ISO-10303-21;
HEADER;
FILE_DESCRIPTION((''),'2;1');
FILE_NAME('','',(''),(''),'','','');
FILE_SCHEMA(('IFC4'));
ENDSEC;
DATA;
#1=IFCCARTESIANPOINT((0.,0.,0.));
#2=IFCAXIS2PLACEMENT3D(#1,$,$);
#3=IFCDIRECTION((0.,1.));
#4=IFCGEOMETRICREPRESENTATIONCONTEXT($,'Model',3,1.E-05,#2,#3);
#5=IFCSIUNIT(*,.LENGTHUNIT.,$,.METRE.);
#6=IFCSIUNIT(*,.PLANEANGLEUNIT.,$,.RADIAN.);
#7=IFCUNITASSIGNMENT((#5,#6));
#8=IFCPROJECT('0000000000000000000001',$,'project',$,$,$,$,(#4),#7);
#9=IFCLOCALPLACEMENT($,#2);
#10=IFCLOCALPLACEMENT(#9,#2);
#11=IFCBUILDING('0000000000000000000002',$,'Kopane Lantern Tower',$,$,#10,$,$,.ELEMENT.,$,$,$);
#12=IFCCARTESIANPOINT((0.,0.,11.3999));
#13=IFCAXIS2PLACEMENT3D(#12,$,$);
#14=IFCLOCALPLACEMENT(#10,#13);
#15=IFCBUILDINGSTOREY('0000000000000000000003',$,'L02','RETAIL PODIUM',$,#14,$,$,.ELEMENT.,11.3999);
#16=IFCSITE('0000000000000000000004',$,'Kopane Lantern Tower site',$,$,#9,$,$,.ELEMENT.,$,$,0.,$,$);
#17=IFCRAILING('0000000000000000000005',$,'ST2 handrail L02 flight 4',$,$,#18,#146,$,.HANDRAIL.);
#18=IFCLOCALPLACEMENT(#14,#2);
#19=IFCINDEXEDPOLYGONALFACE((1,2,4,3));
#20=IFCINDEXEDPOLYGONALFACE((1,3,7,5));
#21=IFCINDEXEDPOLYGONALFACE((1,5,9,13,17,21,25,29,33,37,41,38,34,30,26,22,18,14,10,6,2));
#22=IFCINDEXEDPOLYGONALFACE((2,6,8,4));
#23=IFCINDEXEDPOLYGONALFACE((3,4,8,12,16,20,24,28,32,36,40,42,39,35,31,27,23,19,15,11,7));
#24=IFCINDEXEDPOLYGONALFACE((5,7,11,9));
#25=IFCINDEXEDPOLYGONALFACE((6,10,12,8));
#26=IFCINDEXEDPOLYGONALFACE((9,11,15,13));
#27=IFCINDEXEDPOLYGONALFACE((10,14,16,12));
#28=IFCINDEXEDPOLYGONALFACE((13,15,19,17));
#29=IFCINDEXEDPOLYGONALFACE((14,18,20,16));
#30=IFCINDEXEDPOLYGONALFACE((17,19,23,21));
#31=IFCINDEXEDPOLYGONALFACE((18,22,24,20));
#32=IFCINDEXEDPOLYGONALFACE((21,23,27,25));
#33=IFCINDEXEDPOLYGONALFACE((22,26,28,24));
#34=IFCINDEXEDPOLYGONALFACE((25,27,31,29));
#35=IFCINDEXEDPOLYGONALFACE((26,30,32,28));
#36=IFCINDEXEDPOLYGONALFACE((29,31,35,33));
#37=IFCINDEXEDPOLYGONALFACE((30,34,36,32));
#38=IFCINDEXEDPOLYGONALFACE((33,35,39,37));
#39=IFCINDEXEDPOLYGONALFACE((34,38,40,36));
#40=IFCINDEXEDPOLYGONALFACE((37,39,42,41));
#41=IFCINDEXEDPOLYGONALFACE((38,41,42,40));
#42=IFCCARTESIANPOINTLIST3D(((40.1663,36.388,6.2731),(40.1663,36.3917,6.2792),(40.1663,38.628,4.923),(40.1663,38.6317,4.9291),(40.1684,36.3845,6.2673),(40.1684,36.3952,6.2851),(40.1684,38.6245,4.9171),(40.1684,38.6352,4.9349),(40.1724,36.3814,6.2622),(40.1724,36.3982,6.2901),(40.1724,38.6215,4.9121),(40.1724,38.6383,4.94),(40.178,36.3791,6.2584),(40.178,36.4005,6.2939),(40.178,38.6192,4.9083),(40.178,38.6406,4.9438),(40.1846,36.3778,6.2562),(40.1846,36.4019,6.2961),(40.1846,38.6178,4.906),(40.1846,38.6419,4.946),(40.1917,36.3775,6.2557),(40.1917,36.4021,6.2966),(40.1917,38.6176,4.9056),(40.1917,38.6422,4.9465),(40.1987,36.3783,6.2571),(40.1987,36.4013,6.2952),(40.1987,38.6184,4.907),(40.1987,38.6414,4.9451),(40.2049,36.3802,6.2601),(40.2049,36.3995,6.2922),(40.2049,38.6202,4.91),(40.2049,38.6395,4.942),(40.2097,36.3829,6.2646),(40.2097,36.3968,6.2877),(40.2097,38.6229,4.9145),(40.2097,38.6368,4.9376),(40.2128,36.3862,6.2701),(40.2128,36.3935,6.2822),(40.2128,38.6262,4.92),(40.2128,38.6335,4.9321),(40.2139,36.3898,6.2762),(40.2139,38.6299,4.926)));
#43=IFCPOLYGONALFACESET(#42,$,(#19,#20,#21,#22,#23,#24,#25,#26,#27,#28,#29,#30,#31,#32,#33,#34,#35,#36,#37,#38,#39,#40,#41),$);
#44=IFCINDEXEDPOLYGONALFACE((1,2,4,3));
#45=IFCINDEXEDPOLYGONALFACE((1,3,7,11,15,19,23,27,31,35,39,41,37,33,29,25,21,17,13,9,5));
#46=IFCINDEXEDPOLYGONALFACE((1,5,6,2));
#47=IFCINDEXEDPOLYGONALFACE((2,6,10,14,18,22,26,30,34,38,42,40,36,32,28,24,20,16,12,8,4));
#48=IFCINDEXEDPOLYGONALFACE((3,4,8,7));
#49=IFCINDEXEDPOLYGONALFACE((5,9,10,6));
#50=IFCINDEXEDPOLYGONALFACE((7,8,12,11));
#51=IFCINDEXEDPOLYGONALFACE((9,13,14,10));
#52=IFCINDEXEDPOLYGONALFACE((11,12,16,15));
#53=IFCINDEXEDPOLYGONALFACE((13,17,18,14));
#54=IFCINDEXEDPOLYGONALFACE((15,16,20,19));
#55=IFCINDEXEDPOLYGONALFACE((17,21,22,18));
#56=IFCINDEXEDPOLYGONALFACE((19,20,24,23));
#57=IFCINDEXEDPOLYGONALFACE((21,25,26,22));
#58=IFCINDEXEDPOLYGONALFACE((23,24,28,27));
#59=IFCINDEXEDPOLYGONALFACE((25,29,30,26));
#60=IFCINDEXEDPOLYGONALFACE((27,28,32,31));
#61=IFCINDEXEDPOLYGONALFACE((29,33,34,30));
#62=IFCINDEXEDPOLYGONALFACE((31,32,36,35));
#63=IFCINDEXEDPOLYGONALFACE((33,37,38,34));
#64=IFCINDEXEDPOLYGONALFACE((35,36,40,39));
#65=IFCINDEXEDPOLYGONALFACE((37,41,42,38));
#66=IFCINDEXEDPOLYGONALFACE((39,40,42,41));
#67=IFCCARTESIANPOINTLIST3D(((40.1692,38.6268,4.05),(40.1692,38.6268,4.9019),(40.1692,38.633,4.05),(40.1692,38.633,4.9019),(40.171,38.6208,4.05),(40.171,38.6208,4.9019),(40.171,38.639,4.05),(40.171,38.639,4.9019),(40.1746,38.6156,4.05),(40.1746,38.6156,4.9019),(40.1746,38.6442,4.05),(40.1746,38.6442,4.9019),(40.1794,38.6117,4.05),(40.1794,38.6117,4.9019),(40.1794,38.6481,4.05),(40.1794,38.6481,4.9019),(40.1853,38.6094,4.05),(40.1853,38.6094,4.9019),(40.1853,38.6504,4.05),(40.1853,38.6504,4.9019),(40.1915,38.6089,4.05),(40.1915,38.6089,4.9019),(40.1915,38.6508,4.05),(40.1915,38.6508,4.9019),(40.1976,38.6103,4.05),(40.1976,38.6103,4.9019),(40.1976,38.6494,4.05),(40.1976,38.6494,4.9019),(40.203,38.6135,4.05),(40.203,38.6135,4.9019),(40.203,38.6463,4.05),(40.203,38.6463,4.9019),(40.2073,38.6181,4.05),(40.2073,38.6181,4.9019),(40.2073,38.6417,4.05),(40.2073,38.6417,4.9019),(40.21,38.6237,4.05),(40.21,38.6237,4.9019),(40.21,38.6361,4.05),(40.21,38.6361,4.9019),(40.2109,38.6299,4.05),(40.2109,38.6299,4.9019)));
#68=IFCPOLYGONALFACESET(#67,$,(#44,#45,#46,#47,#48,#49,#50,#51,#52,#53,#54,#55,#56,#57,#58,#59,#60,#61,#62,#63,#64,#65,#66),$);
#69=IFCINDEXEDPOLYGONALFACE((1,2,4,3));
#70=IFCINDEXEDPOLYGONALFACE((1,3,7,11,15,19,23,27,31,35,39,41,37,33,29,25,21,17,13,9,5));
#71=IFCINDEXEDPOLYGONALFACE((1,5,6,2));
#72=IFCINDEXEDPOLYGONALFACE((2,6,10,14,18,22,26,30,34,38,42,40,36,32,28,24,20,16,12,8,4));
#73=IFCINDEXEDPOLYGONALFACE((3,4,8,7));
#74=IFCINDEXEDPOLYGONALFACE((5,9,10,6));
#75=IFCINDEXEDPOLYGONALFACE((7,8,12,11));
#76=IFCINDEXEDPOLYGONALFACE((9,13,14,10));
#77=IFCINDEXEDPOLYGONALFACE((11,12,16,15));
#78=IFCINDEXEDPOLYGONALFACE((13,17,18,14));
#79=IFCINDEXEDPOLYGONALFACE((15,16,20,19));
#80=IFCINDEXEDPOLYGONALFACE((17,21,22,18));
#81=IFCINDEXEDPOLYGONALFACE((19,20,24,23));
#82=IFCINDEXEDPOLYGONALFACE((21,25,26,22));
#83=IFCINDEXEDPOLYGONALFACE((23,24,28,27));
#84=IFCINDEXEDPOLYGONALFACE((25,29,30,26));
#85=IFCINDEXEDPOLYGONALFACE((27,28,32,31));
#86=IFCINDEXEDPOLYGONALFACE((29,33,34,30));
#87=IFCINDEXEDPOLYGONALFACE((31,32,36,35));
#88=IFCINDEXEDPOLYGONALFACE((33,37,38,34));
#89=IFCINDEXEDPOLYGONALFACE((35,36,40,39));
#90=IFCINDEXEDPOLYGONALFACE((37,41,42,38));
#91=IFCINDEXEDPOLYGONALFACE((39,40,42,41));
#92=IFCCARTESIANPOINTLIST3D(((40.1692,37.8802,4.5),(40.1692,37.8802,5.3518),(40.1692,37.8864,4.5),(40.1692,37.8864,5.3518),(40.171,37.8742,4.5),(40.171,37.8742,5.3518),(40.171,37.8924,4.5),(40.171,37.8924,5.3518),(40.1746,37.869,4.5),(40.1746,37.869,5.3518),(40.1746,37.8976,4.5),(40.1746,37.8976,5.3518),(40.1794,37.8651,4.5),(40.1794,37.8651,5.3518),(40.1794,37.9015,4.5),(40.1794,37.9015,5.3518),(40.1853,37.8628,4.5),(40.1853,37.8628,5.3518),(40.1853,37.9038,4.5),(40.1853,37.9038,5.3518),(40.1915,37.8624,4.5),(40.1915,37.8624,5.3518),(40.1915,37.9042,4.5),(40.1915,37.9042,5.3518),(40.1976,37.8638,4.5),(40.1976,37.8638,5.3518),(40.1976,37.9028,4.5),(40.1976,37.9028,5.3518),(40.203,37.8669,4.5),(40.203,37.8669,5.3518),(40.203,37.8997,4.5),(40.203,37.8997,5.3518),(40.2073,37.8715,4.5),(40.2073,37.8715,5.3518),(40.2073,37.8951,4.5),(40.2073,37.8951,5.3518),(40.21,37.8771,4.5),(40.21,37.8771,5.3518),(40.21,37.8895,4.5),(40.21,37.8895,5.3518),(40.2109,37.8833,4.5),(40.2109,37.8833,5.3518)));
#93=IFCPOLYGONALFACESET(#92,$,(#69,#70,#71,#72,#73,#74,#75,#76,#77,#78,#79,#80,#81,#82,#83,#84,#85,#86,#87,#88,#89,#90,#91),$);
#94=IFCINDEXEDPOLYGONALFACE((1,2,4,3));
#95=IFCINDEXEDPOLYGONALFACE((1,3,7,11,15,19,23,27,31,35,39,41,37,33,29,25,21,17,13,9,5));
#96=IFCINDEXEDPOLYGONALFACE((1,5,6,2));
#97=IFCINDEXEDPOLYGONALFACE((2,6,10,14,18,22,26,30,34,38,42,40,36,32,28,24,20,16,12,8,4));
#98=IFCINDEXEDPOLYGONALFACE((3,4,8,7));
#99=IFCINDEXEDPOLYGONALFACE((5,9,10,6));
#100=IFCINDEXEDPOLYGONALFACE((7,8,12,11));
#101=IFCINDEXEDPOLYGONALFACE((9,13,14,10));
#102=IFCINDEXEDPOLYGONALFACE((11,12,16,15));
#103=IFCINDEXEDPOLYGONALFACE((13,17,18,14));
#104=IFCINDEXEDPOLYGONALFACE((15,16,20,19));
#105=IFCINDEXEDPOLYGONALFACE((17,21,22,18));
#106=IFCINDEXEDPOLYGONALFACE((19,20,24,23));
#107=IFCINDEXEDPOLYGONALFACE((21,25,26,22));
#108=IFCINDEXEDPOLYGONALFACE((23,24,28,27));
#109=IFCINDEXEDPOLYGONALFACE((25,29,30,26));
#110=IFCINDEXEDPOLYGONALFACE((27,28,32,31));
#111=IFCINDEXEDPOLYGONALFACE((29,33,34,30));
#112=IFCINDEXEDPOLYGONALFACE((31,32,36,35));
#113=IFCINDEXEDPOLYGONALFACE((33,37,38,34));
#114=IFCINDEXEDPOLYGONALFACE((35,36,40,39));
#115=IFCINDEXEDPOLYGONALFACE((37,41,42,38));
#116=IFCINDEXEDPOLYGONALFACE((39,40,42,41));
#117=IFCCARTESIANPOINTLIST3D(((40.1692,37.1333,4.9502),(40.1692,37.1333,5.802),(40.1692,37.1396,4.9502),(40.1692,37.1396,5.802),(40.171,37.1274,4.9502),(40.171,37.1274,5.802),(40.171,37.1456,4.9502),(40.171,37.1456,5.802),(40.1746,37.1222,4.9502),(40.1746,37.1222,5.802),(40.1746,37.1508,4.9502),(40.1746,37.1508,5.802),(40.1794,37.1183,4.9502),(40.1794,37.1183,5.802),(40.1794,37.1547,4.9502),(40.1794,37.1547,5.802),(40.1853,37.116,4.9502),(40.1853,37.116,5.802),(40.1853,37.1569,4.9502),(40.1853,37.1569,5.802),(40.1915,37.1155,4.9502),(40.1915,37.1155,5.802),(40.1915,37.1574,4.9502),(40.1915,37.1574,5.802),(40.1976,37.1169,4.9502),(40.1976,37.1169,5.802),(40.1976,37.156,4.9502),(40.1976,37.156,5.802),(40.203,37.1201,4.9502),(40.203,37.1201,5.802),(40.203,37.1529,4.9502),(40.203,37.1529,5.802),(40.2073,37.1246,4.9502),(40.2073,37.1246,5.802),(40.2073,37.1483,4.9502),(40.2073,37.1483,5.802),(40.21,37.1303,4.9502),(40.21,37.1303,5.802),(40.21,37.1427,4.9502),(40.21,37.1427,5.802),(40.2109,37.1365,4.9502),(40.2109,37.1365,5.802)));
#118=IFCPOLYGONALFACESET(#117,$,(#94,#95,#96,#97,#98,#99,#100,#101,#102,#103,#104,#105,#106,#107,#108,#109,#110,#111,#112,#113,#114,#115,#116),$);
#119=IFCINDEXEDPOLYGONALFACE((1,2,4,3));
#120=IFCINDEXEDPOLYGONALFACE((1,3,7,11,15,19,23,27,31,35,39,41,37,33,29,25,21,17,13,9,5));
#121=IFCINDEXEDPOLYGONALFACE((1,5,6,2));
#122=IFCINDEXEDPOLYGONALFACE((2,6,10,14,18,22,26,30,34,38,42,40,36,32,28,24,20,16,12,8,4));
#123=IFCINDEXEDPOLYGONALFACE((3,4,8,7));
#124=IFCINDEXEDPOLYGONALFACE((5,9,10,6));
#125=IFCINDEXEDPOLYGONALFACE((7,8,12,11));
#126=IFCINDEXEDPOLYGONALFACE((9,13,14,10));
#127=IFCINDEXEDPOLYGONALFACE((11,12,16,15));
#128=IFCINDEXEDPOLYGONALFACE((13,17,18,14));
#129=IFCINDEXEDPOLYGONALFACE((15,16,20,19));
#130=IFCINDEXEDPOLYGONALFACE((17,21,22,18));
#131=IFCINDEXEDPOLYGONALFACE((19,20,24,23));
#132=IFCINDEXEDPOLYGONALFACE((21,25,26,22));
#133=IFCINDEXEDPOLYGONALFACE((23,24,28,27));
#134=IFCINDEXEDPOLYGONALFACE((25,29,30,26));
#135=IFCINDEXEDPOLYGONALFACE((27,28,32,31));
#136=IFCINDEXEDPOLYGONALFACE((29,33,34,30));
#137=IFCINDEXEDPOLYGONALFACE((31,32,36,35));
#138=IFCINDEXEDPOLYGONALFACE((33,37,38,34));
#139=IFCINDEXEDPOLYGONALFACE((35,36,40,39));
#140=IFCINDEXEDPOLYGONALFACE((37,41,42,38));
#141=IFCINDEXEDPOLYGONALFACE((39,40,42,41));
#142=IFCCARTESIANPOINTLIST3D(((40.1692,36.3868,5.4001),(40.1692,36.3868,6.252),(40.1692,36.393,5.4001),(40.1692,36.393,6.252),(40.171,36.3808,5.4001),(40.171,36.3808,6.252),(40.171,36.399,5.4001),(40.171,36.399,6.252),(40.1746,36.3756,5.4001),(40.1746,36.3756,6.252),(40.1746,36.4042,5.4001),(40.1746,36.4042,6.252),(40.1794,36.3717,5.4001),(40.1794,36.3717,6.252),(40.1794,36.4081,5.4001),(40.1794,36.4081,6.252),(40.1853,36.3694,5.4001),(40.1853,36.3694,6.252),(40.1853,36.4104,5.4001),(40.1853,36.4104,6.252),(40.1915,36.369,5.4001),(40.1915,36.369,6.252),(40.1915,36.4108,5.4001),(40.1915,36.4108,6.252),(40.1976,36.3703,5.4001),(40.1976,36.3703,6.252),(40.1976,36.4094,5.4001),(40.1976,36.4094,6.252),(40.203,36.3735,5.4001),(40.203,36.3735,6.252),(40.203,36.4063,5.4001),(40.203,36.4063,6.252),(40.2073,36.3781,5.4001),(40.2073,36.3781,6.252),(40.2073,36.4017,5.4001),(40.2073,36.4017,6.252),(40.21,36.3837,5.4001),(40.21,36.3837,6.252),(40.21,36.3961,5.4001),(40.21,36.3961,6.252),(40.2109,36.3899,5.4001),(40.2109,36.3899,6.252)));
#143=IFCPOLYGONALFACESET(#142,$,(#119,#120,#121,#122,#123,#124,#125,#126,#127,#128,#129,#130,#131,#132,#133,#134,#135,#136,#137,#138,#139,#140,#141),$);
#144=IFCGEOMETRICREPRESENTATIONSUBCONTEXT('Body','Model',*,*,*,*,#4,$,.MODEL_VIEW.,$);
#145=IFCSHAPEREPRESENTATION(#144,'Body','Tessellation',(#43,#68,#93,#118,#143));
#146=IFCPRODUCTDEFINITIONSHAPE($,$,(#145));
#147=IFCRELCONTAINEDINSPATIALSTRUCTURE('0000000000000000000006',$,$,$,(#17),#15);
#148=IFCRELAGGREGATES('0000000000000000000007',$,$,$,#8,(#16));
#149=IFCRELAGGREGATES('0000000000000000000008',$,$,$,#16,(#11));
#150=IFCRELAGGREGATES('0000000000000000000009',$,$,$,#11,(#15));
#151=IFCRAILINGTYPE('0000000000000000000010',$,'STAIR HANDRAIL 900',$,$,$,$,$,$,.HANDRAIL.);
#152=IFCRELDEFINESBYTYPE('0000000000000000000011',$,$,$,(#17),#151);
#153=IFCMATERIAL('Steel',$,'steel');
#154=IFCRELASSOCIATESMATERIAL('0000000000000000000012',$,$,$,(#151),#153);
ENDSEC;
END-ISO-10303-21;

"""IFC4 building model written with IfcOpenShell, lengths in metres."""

from ifc_helpers import new_model, si_unit, direction, frame, origin, origin_2d, place, context, subcontext, project, spatial, circle, extrude, material, type_object, element, save


model = new_model("IFC4")

# Units and contexts
model_context = context("Model", 3, precision=1e-05, world=origin(), true_north=direction((0.0, 1.0)))
body_context = subcontext(model_context, "Body", "Model", "MODEL_VIEW")
ifc_project = project(units=[si_unit("LENGTHUNIT", "METRE"), si_unit("PLANEANGLEUNIT", "RADIAN")], contexts=[model_context])

# Site, building, storey
site_placement = place(None, origin())
site = spatial("IfcSite", under=ifc_project, at=site_placement, Name="Kopane Lantern Tower site", CompositionType="ELEMENT", RefElevation=0.0)
building_placement = place(site_placement, origin())
building = spatial("IfcBuilding", under=site, at=building_placement, Name="Kopane Lantern Tower", CompositionType="ELEMENT")
storey_placement = place(building_placement, frame((0.0, 0.0, 11.3999)))
storey = spatial("IfcBuildingStorey", under=building, at=storey_placement, Name="L02", Description="RETAIL PODIUM", CompositionType="ELEMENT", Elevation=11.3999)

# Railing
ifc_material_1 = material(Name="Steel", Category="steel")
railing_type_1 = type_object("IfcRailingType", Name="STAIR HANDRAIL 900", PredefinedType="HANDRAIL", material=ifc_material_1)
for number, where, name in (
    (1, (40.1899, 38.6299, 4.05), "ST2 handrail L02 flight 4"),
):
    element("IfcRailing", number, at=place(storey_placement, frame(where)), inside=storey, type_object=railing_type_1, Name=name, PredefinedType="HANDRAIL", context=body_context, shape_type="SweptSolid", body=[
        extrude(circle(Radius=0.0239, at=origin_2d()), frame((0.0, 0.0, 0.876), z_axis=(0.0, -0.856462, 0.516211), x_axis=(1.0, 0.0, 0.0)), (0.0, 0.0, 1.0), 2.6155),
        extrude(circle(Radius=0.021, at=origin_2d()), origin(), (0.0, 0.0, 1.0), 0.8518),
        extrude(circle(Radius=0.021, at=origin_2d()), frame((0.0, -0.7466, 0.45)), (0.0, 0.0, 1.0), 0.8518),
        extrude(circle(Radius=0.021, at=origin_2d()), frame((0.0, -1.4934, 0.9001)), (0.0, 0.0, 1.0), 0.8518),
        extrude(circle(Radius=0.021, at=origin_2d()), frame((0.0, -2.24, 1.3501)), (0.0, 0.0, 1.0), 0.8518),
    ])

save(model, "model.ifc")
